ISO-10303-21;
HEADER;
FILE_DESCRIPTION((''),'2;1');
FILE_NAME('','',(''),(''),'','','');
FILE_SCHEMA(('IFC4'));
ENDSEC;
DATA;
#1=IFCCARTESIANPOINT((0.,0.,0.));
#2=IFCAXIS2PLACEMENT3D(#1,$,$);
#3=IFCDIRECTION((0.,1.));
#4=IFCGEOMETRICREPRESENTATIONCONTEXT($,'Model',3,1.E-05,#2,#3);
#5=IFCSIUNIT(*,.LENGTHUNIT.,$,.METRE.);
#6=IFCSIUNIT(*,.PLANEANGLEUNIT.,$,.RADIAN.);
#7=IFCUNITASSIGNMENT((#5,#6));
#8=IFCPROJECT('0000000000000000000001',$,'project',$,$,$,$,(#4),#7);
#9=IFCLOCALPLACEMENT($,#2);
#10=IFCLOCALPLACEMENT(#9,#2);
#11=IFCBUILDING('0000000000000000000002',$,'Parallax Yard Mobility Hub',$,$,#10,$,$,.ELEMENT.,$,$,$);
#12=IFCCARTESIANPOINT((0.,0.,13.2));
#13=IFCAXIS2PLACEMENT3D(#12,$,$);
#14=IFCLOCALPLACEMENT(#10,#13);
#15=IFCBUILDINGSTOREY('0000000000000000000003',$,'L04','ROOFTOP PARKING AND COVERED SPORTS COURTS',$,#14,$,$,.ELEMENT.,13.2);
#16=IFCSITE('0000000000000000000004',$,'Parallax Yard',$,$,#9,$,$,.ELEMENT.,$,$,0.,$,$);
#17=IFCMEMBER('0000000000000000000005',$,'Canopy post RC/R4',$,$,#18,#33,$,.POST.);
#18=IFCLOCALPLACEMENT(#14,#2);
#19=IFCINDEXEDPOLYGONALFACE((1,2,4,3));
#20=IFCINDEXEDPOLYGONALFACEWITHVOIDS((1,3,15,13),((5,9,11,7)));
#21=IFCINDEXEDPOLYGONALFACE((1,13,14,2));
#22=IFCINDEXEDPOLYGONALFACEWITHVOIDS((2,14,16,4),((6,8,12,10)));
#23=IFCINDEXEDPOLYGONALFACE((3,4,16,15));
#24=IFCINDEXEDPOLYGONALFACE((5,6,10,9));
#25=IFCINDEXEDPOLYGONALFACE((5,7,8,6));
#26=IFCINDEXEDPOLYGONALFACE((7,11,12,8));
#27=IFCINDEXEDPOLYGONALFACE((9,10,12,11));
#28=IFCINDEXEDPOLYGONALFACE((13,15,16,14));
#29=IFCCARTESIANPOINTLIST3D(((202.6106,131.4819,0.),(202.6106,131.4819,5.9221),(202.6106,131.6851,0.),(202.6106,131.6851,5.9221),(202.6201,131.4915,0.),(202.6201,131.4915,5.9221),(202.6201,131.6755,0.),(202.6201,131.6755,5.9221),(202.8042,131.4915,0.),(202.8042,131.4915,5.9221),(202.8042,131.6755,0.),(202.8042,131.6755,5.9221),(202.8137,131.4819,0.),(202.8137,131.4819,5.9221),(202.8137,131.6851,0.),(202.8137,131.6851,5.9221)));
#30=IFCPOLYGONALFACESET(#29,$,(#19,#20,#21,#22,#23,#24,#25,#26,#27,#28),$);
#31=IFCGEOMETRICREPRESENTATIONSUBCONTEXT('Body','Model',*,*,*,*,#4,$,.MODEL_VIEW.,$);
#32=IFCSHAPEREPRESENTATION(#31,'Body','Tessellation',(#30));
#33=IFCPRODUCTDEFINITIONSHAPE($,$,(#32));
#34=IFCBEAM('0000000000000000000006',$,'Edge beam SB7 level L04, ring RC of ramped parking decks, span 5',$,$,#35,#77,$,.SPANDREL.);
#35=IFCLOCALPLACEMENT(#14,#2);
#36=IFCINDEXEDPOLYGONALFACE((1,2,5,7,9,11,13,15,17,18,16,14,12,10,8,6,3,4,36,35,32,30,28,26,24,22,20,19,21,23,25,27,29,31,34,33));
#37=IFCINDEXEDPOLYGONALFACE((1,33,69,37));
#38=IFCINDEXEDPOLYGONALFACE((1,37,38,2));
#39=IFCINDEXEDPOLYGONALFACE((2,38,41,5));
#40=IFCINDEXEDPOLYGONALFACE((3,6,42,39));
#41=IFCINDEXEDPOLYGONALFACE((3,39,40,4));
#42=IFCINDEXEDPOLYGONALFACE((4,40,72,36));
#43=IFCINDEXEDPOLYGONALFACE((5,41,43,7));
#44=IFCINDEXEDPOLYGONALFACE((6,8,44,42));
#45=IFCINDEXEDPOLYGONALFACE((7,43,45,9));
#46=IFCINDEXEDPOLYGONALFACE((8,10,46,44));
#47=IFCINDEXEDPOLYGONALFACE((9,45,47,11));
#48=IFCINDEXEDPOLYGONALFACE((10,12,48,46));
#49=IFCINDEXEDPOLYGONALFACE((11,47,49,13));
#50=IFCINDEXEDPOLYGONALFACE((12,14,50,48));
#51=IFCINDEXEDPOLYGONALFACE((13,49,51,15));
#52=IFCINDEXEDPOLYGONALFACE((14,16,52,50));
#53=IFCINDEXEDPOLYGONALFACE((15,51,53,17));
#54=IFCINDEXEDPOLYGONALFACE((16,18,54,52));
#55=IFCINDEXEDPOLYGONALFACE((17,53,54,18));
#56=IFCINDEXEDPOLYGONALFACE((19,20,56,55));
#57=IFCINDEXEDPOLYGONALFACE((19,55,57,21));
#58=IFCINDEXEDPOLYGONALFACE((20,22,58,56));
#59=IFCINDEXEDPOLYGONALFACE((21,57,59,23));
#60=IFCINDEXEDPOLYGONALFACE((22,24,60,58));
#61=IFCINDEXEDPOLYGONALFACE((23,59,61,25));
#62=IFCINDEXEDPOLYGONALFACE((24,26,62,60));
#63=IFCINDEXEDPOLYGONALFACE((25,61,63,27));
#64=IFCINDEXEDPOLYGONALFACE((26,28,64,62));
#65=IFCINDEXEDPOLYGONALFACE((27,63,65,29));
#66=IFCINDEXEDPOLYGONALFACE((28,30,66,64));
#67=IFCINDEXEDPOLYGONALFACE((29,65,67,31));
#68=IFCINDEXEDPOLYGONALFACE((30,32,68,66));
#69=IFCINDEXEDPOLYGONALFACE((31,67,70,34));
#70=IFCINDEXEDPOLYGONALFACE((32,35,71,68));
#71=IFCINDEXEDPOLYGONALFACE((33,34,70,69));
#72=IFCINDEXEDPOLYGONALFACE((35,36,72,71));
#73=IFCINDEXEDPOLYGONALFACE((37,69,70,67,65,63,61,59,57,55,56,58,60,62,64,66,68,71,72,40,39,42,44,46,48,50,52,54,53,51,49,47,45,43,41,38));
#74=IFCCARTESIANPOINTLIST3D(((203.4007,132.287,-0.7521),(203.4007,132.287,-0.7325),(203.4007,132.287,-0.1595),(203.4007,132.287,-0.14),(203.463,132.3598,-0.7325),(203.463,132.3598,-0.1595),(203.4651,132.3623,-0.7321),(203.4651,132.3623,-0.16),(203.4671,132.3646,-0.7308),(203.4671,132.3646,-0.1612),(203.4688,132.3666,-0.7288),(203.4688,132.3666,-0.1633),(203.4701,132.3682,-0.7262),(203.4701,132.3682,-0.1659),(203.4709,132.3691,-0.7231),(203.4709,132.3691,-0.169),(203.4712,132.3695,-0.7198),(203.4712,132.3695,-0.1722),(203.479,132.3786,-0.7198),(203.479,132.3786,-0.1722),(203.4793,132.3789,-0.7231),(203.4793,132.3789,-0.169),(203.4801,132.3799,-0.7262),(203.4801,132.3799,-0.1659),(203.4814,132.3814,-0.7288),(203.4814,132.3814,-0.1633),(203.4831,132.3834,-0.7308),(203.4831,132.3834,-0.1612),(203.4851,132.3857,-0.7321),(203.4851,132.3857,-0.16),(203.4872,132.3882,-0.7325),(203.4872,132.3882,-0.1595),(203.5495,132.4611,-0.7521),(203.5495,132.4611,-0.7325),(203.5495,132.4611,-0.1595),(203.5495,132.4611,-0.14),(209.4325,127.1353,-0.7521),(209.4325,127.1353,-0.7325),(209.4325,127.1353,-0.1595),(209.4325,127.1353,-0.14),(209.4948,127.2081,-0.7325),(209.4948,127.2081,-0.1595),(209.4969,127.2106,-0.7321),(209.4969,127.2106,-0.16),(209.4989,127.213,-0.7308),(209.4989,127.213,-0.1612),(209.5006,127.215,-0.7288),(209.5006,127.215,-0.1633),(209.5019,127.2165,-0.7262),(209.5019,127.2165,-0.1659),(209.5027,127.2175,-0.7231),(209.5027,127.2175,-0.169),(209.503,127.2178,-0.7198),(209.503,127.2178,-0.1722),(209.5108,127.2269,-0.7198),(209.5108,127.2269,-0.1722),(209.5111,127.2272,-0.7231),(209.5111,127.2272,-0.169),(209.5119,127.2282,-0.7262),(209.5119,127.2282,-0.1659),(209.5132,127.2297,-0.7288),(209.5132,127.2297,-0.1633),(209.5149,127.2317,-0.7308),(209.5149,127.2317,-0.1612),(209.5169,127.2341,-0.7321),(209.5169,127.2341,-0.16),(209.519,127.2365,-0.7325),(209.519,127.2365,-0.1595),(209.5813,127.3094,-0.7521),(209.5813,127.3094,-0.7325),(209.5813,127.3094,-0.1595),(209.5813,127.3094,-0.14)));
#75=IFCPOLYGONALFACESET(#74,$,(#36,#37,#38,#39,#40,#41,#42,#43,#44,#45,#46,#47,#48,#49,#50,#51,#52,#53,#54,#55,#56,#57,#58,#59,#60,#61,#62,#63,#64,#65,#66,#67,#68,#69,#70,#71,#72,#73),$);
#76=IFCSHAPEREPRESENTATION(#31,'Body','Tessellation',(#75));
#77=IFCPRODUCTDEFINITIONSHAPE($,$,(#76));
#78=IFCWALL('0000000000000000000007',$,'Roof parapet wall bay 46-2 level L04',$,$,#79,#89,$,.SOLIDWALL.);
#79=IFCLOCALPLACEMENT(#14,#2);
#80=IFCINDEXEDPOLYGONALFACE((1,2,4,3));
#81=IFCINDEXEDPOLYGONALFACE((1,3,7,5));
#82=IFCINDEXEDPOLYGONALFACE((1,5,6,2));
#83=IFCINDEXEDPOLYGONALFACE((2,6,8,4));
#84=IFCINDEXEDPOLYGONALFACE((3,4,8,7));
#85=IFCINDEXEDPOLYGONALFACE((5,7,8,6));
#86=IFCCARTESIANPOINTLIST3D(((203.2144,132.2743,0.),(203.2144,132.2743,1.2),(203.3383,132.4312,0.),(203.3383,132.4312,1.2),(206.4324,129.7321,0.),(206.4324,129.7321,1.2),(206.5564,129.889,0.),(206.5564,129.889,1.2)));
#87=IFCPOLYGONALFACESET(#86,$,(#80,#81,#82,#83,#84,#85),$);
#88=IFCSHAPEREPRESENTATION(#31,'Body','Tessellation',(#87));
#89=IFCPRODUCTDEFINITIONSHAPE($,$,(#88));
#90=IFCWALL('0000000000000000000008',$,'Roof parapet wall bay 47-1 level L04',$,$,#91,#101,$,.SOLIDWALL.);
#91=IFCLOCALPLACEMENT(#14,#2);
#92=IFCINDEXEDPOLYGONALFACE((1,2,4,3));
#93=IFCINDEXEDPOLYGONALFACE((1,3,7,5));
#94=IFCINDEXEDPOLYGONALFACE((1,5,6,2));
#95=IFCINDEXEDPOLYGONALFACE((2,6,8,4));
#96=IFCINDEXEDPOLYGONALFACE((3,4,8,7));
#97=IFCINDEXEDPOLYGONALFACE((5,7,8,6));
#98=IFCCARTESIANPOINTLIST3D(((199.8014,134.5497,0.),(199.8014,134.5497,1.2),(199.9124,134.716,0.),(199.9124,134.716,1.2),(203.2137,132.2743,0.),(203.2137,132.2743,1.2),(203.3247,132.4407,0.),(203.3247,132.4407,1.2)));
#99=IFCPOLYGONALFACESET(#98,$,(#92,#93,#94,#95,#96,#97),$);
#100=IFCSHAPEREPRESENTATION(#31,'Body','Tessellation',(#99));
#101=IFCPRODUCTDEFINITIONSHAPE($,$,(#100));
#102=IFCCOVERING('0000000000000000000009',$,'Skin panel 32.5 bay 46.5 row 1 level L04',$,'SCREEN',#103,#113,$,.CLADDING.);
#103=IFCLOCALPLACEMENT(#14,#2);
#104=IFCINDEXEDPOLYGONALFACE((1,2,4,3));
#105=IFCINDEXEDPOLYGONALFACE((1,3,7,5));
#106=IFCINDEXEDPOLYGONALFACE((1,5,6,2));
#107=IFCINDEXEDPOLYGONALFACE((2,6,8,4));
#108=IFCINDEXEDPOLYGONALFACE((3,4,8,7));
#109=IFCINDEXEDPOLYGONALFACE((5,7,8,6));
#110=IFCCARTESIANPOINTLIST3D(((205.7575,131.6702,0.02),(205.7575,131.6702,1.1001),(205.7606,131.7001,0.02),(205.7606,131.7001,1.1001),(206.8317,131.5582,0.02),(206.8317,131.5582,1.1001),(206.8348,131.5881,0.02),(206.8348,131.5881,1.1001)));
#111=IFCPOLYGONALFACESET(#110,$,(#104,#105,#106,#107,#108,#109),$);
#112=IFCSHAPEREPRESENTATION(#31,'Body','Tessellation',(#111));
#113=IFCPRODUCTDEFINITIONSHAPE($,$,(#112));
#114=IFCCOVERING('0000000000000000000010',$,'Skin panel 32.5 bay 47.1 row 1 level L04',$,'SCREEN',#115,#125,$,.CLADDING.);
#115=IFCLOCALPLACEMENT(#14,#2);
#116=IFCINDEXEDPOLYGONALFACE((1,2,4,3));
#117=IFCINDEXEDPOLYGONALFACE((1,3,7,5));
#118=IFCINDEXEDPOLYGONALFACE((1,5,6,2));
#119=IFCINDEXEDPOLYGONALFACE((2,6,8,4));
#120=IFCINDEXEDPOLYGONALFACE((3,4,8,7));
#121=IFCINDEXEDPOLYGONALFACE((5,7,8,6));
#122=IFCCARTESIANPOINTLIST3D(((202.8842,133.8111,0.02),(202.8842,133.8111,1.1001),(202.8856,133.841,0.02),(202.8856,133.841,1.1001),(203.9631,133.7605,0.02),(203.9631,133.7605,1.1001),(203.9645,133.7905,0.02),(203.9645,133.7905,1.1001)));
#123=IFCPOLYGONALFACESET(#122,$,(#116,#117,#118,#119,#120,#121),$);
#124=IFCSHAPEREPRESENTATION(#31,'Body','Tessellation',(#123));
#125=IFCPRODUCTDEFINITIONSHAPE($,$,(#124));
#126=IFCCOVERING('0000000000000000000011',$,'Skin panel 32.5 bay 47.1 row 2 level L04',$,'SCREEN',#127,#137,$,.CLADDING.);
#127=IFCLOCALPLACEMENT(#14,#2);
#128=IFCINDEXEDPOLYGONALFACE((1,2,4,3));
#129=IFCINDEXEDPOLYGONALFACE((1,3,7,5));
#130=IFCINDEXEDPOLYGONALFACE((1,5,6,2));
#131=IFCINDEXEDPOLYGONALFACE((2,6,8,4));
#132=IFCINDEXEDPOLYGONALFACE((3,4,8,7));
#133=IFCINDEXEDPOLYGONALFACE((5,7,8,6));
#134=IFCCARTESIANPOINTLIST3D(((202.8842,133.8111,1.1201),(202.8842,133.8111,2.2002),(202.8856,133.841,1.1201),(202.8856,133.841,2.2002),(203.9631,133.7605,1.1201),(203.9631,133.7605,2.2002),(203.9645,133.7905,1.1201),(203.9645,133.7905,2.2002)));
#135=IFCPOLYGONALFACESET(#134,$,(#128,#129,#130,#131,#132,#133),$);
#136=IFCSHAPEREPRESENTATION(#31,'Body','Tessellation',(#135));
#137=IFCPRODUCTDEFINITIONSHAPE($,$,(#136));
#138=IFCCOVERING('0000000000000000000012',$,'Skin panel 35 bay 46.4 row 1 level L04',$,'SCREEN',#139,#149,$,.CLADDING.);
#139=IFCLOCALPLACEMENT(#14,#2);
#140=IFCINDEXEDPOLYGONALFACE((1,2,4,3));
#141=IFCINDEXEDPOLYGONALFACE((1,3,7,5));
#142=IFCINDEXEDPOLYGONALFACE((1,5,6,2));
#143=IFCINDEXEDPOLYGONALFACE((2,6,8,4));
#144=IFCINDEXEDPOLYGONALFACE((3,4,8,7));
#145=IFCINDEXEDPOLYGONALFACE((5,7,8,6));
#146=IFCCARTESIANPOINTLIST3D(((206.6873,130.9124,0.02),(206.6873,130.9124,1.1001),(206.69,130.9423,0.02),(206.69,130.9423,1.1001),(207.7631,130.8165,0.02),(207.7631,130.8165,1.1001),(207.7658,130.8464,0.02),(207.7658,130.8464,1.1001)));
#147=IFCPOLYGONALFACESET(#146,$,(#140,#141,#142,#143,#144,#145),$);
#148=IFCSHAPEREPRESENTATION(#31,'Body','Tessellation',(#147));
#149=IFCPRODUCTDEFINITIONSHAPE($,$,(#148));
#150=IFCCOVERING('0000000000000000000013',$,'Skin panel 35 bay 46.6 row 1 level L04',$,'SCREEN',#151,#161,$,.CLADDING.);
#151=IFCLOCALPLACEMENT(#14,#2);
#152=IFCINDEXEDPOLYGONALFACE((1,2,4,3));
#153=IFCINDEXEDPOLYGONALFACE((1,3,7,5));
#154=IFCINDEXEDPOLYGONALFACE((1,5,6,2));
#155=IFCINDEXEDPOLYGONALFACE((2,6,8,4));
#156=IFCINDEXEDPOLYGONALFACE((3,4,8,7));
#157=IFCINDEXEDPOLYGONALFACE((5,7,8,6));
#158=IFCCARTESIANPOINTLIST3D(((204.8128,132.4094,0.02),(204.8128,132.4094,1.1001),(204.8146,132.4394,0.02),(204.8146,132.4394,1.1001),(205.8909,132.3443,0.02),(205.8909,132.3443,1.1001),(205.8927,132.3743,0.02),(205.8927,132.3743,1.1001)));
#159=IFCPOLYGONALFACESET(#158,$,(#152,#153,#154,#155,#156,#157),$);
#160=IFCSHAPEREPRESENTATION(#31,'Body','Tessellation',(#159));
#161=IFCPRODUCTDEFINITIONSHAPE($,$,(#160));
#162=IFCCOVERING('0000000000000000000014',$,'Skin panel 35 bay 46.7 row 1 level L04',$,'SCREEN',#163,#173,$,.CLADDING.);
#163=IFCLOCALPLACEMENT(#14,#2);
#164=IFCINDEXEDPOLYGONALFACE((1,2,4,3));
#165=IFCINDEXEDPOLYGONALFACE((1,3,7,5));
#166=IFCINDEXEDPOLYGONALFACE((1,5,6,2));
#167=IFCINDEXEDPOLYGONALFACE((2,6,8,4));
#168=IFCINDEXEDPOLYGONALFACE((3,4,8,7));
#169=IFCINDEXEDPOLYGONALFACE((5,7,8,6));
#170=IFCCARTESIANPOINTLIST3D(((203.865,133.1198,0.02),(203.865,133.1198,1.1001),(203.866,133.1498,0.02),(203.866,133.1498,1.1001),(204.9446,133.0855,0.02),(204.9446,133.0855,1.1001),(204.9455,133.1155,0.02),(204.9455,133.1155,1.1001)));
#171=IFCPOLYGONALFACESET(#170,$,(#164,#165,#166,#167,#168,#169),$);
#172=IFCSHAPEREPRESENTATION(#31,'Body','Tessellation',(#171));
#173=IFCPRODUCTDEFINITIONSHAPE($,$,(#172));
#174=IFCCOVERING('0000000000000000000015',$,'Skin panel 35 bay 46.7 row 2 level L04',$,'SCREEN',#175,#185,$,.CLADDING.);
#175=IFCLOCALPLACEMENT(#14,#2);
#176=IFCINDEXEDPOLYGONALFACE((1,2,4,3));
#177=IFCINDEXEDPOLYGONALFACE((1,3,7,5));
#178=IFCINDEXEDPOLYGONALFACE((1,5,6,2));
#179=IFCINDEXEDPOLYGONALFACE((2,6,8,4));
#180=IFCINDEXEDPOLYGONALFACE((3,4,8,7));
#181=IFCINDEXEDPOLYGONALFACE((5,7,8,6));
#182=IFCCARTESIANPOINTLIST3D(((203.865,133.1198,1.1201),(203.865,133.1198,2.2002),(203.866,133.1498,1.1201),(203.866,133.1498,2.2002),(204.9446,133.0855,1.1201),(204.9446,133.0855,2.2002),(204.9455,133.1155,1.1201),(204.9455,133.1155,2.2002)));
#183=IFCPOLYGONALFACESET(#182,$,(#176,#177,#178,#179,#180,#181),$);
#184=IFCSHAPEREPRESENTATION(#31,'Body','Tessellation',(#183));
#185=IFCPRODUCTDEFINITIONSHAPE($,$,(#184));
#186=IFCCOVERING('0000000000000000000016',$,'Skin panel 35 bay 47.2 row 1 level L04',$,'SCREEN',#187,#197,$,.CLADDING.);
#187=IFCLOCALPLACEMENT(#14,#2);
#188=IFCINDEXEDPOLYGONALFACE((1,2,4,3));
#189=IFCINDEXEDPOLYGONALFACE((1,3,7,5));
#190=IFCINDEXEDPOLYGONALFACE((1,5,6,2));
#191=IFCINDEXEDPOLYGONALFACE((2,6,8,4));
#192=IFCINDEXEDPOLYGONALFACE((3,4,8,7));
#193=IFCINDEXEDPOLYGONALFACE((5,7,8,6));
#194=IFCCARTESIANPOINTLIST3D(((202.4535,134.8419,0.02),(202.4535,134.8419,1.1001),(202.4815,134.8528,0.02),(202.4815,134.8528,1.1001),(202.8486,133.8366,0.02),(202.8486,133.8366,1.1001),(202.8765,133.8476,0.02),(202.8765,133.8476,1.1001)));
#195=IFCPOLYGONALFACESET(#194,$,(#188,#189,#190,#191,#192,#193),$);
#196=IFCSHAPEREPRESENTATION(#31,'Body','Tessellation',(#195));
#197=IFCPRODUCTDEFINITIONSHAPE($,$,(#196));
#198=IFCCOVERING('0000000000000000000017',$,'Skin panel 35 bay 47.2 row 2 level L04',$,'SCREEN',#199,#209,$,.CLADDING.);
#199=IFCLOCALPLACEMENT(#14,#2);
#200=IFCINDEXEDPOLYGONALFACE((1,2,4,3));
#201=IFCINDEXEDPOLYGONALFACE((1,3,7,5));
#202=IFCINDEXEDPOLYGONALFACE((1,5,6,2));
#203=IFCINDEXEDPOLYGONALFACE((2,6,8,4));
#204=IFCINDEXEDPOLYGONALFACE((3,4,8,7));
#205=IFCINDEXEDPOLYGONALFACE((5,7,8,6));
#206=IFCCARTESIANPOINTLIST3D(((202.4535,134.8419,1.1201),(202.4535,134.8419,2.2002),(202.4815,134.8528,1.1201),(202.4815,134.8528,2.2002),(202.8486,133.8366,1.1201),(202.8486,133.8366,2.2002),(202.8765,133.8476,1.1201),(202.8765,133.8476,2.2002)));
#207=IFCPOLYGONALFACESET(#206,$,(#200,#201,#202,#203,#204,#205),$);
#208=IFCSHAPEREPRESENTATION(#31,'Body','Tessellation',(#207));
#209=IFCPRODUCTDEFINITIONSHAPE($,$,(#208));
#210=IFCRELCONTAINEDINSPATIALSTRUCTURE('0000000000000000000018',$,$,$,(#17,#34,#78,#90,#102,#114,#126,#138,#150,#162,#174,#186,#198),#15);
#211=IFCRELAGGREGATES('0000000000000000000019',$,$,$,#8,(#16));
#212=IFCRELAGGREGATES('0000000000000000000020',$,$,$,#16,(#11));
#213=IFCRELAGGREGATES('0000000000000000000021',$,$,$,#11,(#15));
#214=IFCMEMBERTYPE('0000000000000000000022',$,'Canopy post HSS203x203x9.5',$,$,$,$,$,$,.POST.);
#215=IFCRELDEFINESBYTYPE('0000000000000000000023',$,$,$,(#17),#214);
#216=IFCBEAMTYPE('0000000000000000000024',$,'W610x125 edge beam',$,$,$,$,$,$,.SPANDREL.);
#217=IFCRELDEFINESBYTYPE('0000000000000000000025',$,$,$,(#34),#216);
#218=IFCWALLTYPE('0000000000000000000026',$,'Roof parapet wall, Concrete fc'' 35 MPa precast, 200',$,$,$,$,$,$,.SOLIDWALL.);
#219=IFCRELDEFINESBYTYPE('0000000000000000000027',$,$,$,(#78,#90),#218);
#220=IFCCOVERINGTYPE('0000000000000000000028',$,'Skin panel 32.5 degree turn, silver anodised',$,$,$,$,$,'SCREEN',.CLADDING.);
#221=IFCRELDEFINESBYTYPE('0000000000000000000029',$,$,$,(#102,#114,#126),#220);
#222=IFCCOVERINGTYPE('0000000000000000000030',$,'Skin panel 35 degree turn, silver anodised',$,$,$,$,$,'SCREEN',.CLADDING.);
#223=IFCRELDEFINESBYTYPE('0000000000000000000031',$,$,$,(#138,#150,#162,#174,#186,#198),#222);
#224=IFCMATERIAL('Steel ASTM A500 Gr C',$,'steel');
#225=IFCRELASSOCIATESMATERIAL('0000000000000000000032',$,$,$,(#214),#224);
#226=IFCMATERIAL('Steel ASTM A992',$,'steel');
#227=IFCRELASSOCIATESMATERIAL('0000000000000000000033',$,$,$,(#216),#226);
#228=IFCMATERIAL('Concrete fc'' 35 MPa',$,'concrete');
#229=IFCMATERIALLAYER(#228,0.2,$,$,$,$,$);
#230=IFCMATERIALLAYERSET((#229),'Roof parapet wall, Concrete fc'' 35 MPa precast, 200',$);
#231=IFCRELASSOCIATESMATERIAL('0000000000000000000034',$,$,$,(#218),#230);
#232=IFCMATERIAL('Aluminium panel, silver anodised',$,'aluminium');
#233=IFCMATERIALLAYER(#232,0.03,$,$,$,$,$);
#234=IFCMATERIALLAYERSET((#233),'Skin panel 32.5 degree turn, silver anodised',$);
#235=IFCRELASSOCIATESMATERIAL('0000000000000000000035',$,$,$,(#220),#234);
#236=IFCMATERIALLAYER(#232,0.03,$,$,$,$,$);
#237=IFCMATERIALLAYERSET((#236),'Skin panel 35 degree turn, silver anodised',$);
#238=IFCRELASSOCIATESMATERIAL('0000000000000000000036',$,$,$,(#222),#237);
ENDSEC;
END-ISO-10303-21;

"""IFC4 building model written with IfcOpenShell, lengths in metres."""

from ifc_helpers import new_model, si_unit, direction, frame, frame_2d, origin, origin_2d, place, context, subcontext, project, spatial, rectangle, hollow_rectangle, i_section, extrude, material, layer, layer_set, material_profile, profile_set, type_object, element, save


model = new_model("IFC4")

# Units and contexts
model_context = context("Model", 3, precision=1e-05, world=origin(), true_north=direction((0.0, 1.0)))
body_context = subcontext(model_context, "Body", "Model", "MODEL_VIEW")
ifc_project = project(units=[si_unit("LENGTHUNIT", "METRE"), si_unit("PLANEANGLEUNIT", "RADIAN")], contexts=[model_context])

# Site, building, storey
site_placement = place(None, origin())
site = spatial("IfcSite", under=ifc_project, at=site_placement, Name="Parallax Yard", CompositionType="ELEMENT", RefElevation=0.0)
building_placement = place(site_placement, origin())
building = spatial("IfcBuilding", under=site, at=building_placement, Name="Parallax Yard Mobility Hub", CompositionType="ELEMENT")
storey_placement = place(building_placement, frame((0.0, 0.0, 13.2)))
storey = spatial("IfcBuildingStorey", under=building, at=storey_placement, Name="L04", Description="ROOFTOP PARKING AND COVERED SPORTS COURTS", CompositionType="ELEMENT", Elevation=13.2)

# Member
ifc_material_1 = material(Name="Steel ASTM A500 Gr C", Category="steel")
ifc_material_profile_1 = material_profile(ifc_material_1, hollow_rectangle(XDim=0.2031, YDim=0.2031, WallThickness=0.0095, at=origin_2d()), Name="HSS203x203x9.5")
ifc_profile_set_1 = profile_set([ifc_material_profile_1], Name="Steel ASTM A500 Gr C")
member_type = type_object("IfcMemberType", Name="Canopy post HSS203x203x9.5", PredefinedType="POST", material=ifc_profile_set_1)
member_placement = place(storey_placement, frame((202.7122, 131.5835, 0.0), z_axis=(0.0, 0.0, 1.0), x_axis=(1.0, 0.0, 0.0)))
element("IfcMember", 1, at=member_placement, inside=storey, type_object=member_type, Name="Canopy post RC/R4", PredefinedType="POST", context=body_context, shape_type="SweptSolid", body=[
    extrude(hollow_rectangle(XDim=0.2031, YDim=0.2031, WallThickness=0.0095, at=origin_2d()), origin(), (0.0, 0.0, 1.0), 5.9221),
])

# Beam
ifc_material_2 = material(Name="Steel ASTM A992", Category="steel")
ifc_material_profile_2 = material_profile(ifc_material_2, i_section(OverallWidth=0.229, OverallDepth=0.6121, WebThickness=0.012, FlangeThickness=0.0195, FilletRadius=0.0127, at=origin_2d()), Name="W610x125")
ifc_profile_set_2 = profile_set([ifc_material_profile_2], Name="Steel ASTM A992")
beam_type = type_object("IfcBeamType", Name="W610x125 edge beam", PredefinedType="SPANDREL", material=ifc_profile_set_2)
beam_placement = place(storey_placement, frame((203.4751, 132.374, -0.446), z_axis=(0.760405, -0.64945, 0.0), x_axis=(0.64945, 0.760405, 0.0)))
element("IfcBeam", 2, at=beam_placement, inside=storey, type_object=beam_type, Name="Edge beam SB7 level L04, ring RC of ramped parking decks, span 5", PredefinedType="SPANDREL", context=body_context, shape_type="SweptSolid", body=[
    extrude(i_section(OverallWidth=0.229, OverallDepth=0.6121, WebThickness=0.012, FlangeThickness=0.0195, FilletRadius=0.0127, at=origin_2d()), origin(), (0.0, 0.0, 1.0), 7.9324),
])

# Walls
ifc_material_3 = material(Name="Concrete fc' 35 MPa", Category="concrete")
ifc_layer_1 = layer(ifc_material_3, 0.2)
ifc_layer_set_1 = layer_set([ifc_layer_1], Name="Roof parapet wall, Concrete fc' 35 MPa precast, 200")
wall_type = type_object("IfcWallType", Name="Roof parapet wall, Concrete fc' 35 MPa precast, 200", PredefinedType="SOLIDWALL", material=ifc_layer_set_1)
wall_1_placement = place(storey_placement, frame((206.4944, 129.8105, 0.0), z_axis=(0.0, 0.0, 1.0), x_axis=(-0.784682, 0.619899, 0.0)))
element("IfcWall", 3, at=wall_1_placement, inside=storey, type_object=wall_type, Name="Roof parapet wall bay 46-2 level L04", PredefinedType="SOLIDWALL", context=body_context, shape_type="SweptSolid", body=[
    extrude(rectangle(XDim=4.1011, YDim=0.2, at=frame_2d((2.0505, 0.0))), origin(), (0.0, 0.0, 1.0), 1.2),
])
wall_2_placement = place(storey_placement, frame((203.2693, 132.3574, 0.0), z_axis=(0.0, 0.0, 1.0), x_axis=(-0.831995, 0.554783, 0.0)))
element("IfcWall", 4, at=wall_2_placement, inside=storey, type_object=wall_type, Name="Roof parapet wall bay 47-1 level L04", PredefinedType="SOLIDWALL", context=body_context, shape_type="SweptSolid", body=[
    extrude(rectangle(XDim=4.1013, YDim=0.2, at=frame_2d((2.0508, 0.0))), origin(), (0.0, 0.0, 1.0), 1.2),
])

# Coverings
ifc_material_4 = material(Name="Aluminium panel, silver anodised", Category="aluminium")
ifc_layer_2 = layer(ifc_material_4, 0.03)
ifc_layer_set_2 = layer_set([ifc_layer_2], Name="Skin panel 32.5 degree turn, silver anodised")
covering_type_1 = type_object("IfcCoveringType", Name="Skin panel 32.5 degree turn, silver anodised", ElementType="SCREEN", PredefinedType="CLADDING", material=ifc_layer_set_2)
for number, where, z_axis, x_axis, name in (
    (5, (206.2961, 131.6292, 0.02), (0.0, 0.0, 1.0), (0.994605, -0.103739, 0.0), "Skin panel 32.5 bay 46.5 row 1 level L04"),
    (6, (203.4243, 133.8008, 0.02), (0.0, 0.0, 1.0), (0.998905, -0.046789, 0.0), "Skin panel 32.5 bay 47.1 row 1 level L04"),
    (7, (203.4243, 133.8008, 1.1201), (0.0, 0.0, 1.0), (0.998905, -0.046789, 0.0), "Skin panel 32.5 bay 47.1 row 2 level L04"),
):
    element("IfcCovering", number, at=place(storey_placement, frame(where, z_axis=z_axis, x_axis=x_axis)), inside=storey, type_object=covering_type_1, Name=name, ObjectType="SCREEN", PredefinedType="CLADDING", context=body_context, shape_type="SweptSolid", body=[
        extrude(rectangle(XDim=1.0801, YDim=0.03, at=origin_2d()), origin(), (0.0, 0.0, 1.0), 1.0801),
    ])
ifc_layer_3 = layer(ifc_material_4, 0.03)
ifc_layer_set_3 = layer_set([ifc_layer_3], Name="Skin panel 35 degree turn, silver anodised")
covering_type_2 = type_object("IfcCoveringType", Name="Skin panel 35 degree turn, silver anodised", ElementType="SCREEN", PredefinedType="CLADDING", material=ifc_layer_set_3)
for number, where, z_axis, x_axis, name in (
    (8, (207.2266, 130.8794, 0.02), (0.0, 0.0, 1.0), (0.996055, -0.088736, 0.0), "Skin panel 35 bay 46.4 row 1 level L04"),
    (9, (205.3528, 132.3918, 0.02), (0.0, 0.0, 1.0), (0.998183, -0.060256, 0.0), "Skin panel 35 bay 46.6 row 1 level L04"),
    (10, (204.4053, 133.1177, 0.02), (0.0, 0.0, 1.0), (0.999497, -0.031728, 0.0), "Skin panel 35 bay 46.7 row 1 level L04"),
    (11, (204.4053, 133.1177, 1.1201), (0.0, 0.0, 1.0), (0.999497, -0.031728, 0.0), "Skin panel 35 bay 46.7 row 2 level L04"),
    (12, (202.665, 134.3447, 0.02), (0.0, 0.0, 1.0), (-0.365762, 0.930708, 0.0), "Skin panel 35 bay 47.2 row 1 level L04"),
    (13, (202.665, 134.3447, 1.1201), (0.0, 0.0, 1.0), (-0.365762, 0.930708, 0.0), "Skin panel 35 bay 47.2 row 2 level L04"),
):
    element("IfcCovering", number, at=place(storey_placement, frame(where, z_axis=z_axis, x_axis=x_axis)), inside=storey, type_object=covering_type_2, Name=name, ObjectType="SCREEN", PredefinedType="CLADDING", context=body_context, shape_type="SweptSolid", body=[
        extrude(rectangle(XDim=1.0801, YDim=0.03, at=origin_2d()), origin(), (0.0, 0.0, 1.0), 1.0801),
    ])

save(model, "model.ifc")
